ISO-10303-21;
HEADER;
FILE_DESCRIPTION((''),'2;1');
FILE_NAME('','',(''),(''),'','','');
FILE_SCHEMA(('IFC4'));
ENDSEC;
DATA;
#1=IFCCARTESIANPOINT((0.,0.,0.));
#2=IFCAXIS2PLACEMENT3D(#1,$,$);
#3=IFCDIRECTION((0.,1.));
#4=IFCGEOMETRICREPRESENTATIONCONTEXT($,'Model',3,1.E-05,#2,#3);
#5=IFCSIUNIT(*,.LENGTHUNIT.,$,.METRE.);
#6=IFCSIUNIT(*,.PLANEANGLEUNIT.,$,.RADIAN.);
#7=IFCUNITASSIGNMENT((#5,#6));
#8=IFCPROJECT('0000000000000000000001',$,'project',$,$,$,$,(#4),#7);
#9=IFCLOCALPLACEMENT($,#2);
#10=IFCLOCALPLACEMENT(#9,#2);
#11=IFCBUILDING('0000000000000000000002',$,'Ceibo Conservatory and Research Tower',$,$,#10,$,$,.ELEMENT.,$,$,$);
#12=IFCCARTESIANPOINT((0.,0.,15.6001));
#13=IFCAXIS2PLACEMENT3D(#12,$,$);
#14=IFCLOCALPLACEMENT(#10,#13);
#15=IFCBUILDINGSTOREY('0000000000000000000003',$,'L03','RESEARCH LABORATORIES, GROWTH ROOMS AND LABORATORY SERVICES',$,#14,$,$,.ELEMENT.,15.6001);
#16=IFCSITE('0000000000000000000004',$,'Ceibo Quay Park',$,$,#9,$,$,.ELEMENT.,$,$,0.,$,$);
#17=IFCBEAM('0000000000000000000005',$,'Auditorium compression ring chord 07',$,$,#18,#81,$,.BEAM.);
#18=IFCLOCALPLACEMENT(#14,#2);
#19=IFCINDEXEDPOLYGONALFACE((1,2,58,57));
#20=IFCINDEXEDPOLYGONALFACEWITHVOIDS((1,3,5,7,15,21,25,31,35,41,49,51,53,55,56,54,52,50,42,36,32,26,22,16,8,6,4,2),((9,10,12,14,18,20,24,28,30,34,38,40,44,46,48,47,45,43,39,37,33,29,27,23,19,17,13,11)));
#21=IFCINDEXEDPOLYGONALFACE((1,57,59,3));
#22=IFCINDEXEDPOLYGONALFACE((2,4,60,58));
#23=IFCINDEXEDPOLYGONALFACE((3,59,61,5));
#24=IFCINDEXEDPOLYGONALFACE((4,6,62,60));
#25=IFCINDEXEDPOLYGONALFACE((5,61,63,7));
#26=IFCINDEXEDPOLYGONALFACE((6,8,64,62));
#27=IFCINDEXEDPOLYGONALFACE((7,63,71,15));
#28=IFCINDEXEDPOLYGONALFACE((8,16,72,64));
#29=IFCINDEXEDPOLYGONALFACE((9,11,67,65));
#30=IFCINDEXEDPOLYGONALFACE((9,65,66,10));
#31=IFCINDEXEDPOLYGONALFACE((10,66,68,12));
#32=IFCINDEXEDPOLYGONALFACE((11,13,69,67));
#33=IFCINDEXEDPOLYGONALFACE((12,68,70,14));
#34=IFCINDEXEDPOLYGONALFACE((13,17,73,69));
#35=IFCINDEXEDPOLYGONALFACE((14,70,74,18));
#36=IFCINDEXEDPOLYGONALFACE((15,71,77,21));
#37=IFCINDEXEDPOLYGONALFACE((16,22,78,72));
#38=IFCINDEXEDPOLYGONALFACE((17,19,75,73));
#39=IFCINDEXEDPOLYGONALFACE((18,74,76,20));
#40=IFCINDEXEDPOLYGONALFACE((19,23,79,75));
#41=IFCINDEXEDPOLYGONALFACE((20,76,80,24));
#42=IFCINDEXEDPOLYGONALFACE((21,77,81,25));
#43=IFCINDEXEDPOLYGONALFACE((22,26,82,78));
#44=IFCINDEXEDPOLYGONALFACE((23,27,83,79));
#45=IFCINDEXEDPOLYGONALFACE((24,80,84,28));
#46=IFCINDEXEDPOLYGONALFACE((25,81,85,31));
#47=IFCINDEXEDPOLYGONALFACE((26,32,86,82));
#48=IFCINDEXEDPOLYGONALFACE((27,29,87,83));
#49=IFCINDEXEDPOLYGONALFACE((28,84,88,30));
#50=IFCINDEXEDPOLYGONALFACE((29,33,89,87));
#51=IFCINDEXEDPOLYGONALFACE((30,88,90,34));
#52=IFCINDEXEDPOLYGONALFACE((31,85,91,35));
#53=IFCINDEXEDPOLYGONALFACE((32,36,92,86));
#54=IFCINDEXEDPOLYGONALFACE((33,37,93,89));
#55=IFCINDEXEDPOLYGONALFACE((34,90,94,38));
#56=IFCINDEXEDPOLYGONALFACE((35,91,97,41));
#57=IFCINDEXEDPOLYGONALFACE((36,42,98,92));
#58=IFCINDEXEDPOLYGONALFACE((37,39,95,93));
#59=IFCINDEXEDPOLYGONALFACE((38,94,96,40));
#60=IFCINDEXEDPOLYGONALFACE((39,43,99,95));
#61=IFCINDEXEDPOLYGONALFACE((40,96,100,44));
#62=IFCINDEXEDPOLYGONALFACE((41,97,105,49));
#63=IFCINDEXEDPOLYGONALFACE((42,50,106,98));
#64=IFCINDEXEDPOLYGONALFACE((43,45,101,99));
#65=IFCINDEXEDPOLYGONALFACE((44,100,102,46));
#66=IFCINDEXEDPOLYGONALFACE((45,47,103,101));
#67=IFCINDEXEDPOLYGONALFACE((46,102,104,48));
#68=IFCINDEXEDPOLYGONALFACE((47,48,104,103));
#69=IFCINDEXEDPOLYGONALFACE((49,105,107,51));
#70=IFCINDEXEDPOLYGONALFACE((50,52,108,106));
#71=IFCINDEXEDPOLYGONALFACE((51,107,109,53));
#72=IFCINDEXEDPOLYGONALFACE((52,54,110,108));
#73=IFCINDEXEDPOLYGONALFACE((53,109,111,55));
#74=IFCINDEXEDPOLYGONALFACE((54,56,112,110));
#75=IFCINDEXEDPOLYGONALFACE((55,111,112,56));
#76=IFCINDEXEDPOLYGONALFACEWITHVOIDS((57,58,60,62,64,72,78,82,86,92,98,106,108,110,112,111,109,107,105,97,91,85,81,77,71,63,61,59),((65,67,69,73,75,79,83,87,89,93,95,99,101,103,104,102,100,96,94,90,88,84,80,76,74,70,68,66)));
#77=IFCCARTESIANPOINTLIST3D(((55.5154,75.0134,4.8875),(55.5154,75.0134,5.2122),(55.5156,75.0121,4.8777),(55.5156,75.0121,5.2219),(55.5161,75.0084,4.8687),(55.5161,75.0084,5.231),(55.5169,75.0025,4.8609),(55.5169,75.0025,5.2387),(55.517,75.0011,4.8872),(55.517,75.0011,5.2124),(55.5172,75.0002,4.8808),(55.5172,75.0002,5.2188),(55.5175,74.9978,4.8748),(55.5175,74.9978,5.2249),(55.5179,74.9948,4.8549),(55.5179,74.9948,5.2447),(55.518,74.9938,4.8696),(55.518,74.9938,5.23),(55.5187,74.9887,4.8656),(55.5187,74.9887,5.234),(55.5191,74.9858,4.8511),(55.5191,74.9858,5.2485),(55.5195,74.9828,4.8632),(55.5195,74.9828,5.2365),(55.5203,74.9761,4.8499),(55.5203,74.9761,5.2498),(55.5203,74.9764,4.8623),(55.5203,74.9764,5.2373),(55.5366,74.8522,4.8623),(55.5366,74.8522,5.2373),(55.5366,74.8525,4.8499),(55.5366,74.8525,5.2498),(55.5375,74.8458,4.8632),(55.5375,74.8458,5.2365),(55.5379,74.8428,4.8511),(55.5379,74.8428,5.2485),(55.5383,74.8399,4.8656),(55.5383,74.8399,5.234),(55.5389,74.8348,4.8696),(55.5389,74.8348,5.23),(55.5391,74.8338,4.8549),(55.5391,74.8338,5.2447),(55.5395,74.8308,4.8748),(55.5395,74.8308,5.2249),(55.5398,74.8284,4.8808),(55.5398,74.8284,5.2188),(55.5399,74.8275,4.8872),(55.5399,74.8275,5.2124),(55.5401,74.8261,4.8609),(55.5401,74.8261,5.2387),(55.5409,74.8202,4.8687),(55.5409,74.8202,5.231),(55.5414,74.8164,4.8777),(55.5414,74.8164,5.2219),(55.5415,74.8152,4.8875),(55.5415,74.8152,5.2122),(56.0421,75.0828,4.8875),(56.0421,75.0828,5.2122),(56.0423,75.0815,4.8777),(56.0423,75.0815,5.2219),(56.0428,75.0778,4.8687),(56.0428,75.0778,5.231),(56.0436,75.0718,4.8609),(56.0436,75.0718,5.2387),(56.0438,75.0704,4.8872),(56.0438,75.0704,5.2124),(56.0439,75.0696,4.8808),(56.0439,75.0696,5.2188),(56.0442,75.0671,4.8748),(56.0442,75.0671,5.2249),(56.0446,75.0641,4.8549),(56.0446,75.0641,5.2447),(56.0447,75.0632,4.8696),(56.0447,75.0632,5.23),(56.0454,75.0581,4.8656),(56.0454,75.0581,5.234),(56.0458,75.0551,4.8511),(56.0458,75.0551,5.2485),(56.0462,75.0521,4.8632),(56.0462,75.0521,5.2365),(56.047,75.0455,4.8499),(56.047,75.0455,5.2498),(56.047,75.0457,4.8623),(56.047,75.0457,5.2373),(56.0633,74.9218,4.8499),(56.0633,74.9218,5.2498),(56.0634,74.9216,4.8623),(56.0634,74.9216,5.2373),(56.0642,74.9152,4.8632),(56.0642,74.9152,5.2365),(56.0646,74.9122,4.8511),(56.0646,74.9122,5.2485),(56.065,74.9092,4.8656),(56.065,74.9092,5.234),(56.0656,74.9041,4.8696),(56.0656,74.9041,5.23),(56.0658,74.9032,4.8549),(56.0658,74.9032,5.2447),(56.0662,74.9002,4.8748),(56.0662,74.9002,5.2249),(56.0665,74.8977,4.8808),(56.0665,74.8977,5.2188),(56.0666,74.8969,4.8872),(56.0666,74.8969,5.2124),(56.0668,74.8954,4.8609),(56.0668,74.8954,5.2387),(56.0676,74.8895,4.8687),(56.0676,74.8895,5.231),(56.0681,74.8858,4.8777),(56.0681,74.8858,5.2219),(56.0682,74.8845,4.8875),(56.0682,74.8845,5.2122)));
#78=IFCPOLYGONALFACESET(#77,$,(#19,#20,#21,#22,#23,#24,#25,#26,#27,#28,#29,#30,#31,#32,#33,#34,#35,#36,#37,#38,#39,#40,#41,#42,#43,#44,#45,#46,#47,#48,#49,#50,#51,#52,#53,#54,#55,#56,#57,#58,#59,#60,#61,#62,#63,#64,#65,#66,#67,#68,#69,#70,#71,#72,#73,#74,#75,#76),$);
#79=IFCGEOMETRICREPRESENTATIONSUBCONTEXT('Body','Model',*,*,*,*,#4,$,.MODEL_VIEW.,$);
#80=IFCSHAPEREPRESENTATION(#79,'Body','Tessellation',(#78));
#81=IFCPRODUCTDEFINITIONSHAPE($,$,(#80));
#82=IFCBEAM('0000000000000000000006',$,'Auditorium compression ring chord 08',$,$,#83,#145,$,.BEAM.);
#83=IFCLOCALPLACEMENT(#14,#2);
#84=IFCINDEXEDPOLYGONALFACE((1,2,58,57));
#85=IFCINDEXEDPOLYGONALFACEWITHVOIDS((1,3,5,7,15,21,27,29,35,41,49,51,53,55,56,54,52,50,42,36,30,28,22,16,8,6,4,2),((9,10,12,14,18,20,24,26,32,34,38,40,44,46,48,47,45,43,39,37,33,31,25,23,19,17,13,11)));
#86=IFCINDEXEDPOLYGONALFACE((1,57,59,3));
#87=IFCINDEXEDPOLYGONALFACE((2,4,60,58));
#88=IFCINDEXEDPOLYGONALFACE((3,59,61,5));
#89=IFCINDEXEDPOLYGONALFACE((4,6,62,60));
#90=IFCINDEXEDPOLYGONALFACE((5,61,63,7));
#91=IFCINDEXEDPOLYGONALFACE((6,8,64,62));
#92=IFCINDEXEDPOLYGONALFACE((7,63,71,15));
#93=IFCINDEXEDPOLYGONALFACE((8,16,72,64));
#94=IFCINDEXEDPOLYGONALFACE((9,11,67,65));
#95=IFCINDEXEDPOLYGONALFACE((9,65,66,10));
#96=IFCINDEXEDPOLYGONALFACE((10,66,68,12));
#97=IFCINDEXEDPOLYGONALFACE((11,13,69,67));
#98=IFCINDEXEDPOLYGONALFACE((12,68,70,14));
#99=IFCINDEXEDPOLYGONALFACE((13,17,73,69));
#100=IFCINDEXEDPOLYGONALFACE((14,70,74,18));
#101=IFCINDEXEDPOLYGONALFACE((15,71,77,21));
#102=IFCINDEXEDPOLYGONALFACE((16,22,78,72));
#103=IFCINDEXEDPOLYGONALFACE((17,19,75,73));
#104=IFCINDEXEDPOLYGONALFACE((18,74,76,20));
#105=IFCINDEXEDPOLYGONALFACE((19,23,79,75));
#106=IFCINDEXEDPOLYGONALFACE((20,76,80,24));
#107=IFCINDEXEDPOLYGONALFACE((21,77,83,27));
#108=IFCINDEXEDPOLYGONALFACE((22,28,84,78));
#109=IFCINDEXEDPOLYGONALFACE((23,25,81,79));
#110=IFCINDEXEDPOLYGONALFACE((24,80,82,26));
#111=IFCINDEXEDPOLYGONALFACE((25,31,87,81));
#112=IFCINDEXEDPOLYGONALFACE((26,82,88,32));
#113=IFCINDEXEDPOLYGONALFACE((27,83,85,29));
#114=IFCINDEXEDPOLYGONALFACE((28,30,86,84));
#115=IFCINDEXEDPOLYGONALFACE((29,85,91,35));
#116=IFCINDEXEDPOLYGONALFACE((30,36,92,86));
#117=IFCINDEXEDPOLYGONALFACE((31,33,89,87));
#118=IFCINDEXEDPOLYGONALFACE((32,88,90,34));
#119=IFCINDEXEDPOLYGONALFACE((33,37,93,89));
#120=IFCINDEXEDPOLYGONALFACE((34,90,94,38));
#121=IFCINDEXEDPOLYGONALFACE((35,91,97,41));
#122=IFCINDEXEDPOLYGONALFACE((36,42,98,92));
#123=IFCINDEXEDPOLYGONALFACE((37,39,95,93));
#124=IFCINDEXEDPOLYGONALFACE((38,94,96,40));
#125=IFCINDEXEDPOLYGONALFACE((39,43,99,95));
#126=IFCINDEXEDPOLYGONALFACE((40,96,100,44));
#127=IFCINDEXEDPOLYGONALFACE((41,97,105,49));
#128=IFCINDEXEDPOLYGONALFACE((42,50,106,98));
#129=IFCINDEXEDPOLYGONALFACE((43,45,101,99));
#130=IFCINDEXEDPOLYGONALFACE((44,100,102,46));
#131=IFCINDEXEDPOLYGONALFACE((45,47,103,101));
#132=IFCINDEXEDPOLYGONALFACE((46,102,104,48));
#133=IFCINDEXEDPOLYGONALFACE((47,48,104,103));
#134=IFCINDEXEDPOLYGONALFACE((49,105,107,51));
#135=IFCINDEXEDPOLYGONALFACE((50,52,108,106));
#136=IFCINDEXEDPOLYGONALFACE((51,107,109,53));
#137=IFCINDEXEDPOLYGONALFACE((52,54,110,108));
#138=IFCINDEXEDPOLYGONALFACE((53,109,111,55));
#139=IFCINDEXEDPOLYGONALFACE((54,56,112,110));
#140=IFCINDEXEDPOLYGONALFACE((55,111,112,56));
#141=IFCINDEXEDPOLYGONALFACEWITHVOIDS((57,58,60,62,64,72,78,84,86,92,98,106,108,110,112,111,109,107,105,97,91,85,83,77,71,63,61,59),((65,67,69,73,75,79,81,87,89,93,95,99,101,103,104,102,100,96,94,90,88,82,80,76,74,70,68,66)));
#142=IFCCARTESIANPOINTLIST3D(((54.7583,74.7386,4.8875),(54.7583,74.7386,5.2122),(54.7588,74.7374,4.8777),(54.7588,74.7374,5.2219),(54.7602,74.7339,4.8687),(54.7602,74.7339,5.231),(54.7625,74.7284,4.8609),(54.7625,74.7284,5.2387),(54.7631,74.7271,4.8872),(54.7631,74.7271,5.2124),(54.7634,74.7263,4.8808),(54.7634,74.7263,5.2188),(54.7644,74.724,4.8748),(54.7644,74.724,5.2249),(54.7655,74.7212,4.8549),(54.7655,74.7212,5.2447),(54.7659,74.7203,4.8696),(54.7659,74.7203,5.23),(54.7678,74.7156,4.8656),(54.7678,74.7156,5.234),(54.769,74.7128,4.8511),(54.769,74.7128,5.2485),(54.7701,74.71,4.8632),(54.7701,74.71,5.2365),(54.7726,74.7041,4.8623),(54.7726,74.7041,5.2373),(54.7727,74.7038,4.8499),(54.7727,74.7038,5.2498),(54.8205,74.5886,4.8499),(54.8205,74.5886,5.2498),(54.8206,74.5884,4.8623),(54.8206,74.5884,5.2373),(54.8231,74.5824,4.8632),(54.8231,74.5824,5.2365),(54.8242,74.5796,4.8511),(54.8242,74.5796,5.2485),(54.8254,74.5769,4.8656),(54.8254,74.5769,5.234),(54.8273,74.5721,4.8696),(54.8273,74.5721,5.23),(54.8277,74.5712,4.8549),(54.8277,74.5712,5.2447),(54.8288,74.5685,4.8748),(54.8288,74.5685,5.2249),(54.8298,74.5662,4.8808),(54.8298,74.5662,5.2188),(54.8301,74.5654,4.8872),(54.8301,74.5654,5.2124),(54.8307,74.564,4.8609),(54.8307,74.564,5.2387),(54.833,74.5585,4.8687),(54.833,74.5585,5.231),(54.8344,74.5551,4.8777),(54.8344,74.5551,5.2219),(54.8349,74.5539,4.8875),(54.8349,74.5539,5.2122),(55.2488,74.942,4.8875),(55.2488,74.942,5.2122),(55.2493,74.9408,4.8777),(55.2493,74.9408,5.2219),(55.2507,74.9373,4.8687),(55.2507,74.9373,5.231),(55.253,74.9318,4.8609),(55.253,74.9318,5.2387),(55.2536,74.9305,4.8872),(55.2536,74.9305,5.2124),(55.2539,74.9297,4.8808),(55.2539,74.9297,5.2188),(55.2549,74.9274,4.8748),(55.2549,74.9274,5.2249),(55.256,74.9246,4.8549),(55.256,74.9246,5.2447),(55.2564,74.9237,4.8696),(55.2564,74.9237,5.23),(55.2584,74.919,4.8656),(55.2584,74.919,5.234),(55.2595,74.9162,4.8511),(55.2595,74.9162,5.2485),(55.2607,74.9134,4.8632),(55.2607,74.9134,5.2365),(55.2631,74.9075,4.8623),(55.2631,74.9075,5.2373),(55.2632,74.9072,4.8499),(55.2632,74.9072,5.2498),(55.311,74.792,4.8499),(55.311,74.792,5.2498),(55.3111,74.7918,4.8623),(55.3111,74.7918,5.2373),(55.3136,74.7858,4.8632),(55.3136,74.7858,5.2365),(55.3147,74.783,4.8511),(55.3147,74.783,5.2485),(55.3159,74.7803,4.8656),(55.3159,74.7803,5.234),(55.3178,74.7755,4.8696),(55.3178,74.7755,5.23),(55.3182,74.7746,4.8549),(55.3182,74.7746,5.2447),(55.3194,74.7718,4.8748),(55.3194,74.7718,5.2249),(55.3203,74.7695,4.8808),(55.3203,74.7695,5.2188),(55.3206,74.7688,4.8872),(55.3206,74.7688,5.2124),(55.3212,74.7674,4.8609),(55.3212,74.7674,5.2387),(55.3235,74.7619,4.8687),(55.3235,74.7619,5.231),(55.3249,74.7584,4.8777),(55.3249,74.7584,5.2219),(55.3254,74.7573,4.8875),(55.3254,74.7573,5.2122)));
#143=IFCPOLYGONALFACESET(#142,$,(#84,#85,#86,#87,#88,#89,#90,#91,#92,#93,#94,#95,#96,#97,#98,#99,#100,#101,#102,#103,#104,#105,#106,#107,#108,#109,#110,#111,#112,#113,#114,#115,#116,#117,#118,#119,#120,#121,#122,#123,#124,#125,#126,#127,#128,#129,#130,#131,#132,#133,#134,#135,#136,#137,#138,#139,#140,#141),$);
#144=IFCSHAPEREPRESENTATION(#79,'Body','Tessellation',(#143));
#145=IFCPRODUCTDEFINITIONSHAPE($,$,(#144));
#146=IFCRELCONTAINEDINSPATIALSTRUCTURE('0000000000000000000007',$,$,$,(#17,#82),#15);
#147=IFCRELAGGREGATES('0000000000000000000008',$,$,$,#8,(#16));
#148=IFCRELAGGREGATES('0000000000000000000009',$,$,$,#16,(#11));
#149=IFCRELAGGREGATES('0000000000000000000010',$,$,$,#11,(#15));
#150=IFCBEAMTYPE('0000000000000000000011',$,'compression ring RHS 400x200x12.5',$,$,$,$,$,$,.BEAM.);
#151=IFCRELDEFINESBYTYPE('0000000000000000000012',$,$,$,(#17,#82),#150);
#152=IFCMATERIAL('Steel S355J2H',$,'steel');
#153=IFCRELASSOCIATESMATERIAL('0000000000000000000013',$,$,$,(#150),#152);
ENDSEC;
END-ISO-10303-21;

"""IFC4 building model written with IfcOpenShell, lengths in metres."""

from ifc_helpers import new_model, si_unit, direction, frame, origin, origin_2d, place, context, subcontext, project, spatial, hollow_rectangle, extrude, material, material_profile, profile_set, type_object, element, save


model = new_model("IFC4")

# Units and contexts
model_context = context("Model", 3, precision=1e-05, world=origin(), true_north=direction((0.0, 1.0)))
body_context = subcontext(model_context, "Body", "Model", "MODEL_VIEW")
ifc_project = project(units=[si_unit("LENGTHUNIT", "METRE"), si_unit("PLANEANGLEUNIT", "RADIAN")], contexts=[model_context])

# Site, building, storey
site_placement = place(None, origin())
site = spatial("IfcSite", under=ifc_project, at=site_placement, Name="Ceibo Quay Park", CompositionType="ELEMENT", RefElevation=0.0)
building_placement = place(site_placement, origin())
building = spatial("IfcBuilding", under=site, at=building_placement, Name="Ceibo Conservatory and Research Tower", CompositionType="ELEMENT")
storey_placement = place(building_placement, frame((0.0, 0.0, 15.6001)))
storey = spatial("IfcBuildingStorey", under=building, at=storey_placement, Name="L03", Description="RESEARCH LABORATORIES, GROWTH ROOMS AND LABORATORY SERVICES", CompositionType="ELEMENT", Elevation=15.6001)

# Beams
ifc_material_1 = material(Name="Steel S355J2H", Category="steel")
ifc_material_profile_1 = material_profile(ifc_material_1, hollow_rectangle(XDim=0.2, YDim=0.3999, WallThickness=0.0125, InnerFilletRadius=0.0249, OuterFilletRadius=0.0376, at=origin_2d()), Name="RHS 400x200x12.5")
ifc_profile_set_1 = profile_set([ifc_material_profile_1], Name="Steel S355J2H")
beam_type_1 = type_object("IfcBeamType", Name="compression ring RHS 400x200x12.5", PredefinedType="BEAM", material=ifc_profile_set_1)
beam_1_placement = place(storey_placement, frame((56.0552, 74.9836, 5.0498), z_axis=(-0.991443, -0.130538, 0.0), x_axis=(0.130538, -0.991443, 0.0)))
element("IfcBeam", 1, at=beam_1_placement, inside=storey, type_object=beam_type_1, Name="Auditorium compression ring chord 07", PredefinedType="BEAM", context=body_context, shape_type="SweptSolid", body=[
    extrude(hollow_rectangle(XDim=0.2, YDim=0.3999, WallThickness=0.0125, InnerFilletRadius=0.0249, OuterFilletRadius=0.0376, at=origin_2d()), origin(), (0.0, 0.0, 1.0), 0.5312),
])
for number, where, z_axis, x_axis, name in (
    (2, (55.2871, 74.8496, 5.0498), (-0.923742, -0.383015, 0.0), (0.383015, -0.923742, 0.0), "Auditorium compression ring chord 08"),
):
    element("IfcBeam", number, at=place(storey_placement, frame(where, z_axis=z_axis, x_axis=x_axis)), inside=storey, type_object=beam_type_1, Name=name, PredefinedType="BEAM", context=body_context, shape_type="SweptSolid", body=[
        extrude(hollow_rectangle(XDim=0.2, YDim=0.3999, WallThickness=0.0125, InnerFilletRadius=0.0249, OuterFilletRadius=0.0376, at=origin_2d()), origin(), (0.0, 0.0, 1.0), 0.531),
    ])

save(model, "model.ifc")
